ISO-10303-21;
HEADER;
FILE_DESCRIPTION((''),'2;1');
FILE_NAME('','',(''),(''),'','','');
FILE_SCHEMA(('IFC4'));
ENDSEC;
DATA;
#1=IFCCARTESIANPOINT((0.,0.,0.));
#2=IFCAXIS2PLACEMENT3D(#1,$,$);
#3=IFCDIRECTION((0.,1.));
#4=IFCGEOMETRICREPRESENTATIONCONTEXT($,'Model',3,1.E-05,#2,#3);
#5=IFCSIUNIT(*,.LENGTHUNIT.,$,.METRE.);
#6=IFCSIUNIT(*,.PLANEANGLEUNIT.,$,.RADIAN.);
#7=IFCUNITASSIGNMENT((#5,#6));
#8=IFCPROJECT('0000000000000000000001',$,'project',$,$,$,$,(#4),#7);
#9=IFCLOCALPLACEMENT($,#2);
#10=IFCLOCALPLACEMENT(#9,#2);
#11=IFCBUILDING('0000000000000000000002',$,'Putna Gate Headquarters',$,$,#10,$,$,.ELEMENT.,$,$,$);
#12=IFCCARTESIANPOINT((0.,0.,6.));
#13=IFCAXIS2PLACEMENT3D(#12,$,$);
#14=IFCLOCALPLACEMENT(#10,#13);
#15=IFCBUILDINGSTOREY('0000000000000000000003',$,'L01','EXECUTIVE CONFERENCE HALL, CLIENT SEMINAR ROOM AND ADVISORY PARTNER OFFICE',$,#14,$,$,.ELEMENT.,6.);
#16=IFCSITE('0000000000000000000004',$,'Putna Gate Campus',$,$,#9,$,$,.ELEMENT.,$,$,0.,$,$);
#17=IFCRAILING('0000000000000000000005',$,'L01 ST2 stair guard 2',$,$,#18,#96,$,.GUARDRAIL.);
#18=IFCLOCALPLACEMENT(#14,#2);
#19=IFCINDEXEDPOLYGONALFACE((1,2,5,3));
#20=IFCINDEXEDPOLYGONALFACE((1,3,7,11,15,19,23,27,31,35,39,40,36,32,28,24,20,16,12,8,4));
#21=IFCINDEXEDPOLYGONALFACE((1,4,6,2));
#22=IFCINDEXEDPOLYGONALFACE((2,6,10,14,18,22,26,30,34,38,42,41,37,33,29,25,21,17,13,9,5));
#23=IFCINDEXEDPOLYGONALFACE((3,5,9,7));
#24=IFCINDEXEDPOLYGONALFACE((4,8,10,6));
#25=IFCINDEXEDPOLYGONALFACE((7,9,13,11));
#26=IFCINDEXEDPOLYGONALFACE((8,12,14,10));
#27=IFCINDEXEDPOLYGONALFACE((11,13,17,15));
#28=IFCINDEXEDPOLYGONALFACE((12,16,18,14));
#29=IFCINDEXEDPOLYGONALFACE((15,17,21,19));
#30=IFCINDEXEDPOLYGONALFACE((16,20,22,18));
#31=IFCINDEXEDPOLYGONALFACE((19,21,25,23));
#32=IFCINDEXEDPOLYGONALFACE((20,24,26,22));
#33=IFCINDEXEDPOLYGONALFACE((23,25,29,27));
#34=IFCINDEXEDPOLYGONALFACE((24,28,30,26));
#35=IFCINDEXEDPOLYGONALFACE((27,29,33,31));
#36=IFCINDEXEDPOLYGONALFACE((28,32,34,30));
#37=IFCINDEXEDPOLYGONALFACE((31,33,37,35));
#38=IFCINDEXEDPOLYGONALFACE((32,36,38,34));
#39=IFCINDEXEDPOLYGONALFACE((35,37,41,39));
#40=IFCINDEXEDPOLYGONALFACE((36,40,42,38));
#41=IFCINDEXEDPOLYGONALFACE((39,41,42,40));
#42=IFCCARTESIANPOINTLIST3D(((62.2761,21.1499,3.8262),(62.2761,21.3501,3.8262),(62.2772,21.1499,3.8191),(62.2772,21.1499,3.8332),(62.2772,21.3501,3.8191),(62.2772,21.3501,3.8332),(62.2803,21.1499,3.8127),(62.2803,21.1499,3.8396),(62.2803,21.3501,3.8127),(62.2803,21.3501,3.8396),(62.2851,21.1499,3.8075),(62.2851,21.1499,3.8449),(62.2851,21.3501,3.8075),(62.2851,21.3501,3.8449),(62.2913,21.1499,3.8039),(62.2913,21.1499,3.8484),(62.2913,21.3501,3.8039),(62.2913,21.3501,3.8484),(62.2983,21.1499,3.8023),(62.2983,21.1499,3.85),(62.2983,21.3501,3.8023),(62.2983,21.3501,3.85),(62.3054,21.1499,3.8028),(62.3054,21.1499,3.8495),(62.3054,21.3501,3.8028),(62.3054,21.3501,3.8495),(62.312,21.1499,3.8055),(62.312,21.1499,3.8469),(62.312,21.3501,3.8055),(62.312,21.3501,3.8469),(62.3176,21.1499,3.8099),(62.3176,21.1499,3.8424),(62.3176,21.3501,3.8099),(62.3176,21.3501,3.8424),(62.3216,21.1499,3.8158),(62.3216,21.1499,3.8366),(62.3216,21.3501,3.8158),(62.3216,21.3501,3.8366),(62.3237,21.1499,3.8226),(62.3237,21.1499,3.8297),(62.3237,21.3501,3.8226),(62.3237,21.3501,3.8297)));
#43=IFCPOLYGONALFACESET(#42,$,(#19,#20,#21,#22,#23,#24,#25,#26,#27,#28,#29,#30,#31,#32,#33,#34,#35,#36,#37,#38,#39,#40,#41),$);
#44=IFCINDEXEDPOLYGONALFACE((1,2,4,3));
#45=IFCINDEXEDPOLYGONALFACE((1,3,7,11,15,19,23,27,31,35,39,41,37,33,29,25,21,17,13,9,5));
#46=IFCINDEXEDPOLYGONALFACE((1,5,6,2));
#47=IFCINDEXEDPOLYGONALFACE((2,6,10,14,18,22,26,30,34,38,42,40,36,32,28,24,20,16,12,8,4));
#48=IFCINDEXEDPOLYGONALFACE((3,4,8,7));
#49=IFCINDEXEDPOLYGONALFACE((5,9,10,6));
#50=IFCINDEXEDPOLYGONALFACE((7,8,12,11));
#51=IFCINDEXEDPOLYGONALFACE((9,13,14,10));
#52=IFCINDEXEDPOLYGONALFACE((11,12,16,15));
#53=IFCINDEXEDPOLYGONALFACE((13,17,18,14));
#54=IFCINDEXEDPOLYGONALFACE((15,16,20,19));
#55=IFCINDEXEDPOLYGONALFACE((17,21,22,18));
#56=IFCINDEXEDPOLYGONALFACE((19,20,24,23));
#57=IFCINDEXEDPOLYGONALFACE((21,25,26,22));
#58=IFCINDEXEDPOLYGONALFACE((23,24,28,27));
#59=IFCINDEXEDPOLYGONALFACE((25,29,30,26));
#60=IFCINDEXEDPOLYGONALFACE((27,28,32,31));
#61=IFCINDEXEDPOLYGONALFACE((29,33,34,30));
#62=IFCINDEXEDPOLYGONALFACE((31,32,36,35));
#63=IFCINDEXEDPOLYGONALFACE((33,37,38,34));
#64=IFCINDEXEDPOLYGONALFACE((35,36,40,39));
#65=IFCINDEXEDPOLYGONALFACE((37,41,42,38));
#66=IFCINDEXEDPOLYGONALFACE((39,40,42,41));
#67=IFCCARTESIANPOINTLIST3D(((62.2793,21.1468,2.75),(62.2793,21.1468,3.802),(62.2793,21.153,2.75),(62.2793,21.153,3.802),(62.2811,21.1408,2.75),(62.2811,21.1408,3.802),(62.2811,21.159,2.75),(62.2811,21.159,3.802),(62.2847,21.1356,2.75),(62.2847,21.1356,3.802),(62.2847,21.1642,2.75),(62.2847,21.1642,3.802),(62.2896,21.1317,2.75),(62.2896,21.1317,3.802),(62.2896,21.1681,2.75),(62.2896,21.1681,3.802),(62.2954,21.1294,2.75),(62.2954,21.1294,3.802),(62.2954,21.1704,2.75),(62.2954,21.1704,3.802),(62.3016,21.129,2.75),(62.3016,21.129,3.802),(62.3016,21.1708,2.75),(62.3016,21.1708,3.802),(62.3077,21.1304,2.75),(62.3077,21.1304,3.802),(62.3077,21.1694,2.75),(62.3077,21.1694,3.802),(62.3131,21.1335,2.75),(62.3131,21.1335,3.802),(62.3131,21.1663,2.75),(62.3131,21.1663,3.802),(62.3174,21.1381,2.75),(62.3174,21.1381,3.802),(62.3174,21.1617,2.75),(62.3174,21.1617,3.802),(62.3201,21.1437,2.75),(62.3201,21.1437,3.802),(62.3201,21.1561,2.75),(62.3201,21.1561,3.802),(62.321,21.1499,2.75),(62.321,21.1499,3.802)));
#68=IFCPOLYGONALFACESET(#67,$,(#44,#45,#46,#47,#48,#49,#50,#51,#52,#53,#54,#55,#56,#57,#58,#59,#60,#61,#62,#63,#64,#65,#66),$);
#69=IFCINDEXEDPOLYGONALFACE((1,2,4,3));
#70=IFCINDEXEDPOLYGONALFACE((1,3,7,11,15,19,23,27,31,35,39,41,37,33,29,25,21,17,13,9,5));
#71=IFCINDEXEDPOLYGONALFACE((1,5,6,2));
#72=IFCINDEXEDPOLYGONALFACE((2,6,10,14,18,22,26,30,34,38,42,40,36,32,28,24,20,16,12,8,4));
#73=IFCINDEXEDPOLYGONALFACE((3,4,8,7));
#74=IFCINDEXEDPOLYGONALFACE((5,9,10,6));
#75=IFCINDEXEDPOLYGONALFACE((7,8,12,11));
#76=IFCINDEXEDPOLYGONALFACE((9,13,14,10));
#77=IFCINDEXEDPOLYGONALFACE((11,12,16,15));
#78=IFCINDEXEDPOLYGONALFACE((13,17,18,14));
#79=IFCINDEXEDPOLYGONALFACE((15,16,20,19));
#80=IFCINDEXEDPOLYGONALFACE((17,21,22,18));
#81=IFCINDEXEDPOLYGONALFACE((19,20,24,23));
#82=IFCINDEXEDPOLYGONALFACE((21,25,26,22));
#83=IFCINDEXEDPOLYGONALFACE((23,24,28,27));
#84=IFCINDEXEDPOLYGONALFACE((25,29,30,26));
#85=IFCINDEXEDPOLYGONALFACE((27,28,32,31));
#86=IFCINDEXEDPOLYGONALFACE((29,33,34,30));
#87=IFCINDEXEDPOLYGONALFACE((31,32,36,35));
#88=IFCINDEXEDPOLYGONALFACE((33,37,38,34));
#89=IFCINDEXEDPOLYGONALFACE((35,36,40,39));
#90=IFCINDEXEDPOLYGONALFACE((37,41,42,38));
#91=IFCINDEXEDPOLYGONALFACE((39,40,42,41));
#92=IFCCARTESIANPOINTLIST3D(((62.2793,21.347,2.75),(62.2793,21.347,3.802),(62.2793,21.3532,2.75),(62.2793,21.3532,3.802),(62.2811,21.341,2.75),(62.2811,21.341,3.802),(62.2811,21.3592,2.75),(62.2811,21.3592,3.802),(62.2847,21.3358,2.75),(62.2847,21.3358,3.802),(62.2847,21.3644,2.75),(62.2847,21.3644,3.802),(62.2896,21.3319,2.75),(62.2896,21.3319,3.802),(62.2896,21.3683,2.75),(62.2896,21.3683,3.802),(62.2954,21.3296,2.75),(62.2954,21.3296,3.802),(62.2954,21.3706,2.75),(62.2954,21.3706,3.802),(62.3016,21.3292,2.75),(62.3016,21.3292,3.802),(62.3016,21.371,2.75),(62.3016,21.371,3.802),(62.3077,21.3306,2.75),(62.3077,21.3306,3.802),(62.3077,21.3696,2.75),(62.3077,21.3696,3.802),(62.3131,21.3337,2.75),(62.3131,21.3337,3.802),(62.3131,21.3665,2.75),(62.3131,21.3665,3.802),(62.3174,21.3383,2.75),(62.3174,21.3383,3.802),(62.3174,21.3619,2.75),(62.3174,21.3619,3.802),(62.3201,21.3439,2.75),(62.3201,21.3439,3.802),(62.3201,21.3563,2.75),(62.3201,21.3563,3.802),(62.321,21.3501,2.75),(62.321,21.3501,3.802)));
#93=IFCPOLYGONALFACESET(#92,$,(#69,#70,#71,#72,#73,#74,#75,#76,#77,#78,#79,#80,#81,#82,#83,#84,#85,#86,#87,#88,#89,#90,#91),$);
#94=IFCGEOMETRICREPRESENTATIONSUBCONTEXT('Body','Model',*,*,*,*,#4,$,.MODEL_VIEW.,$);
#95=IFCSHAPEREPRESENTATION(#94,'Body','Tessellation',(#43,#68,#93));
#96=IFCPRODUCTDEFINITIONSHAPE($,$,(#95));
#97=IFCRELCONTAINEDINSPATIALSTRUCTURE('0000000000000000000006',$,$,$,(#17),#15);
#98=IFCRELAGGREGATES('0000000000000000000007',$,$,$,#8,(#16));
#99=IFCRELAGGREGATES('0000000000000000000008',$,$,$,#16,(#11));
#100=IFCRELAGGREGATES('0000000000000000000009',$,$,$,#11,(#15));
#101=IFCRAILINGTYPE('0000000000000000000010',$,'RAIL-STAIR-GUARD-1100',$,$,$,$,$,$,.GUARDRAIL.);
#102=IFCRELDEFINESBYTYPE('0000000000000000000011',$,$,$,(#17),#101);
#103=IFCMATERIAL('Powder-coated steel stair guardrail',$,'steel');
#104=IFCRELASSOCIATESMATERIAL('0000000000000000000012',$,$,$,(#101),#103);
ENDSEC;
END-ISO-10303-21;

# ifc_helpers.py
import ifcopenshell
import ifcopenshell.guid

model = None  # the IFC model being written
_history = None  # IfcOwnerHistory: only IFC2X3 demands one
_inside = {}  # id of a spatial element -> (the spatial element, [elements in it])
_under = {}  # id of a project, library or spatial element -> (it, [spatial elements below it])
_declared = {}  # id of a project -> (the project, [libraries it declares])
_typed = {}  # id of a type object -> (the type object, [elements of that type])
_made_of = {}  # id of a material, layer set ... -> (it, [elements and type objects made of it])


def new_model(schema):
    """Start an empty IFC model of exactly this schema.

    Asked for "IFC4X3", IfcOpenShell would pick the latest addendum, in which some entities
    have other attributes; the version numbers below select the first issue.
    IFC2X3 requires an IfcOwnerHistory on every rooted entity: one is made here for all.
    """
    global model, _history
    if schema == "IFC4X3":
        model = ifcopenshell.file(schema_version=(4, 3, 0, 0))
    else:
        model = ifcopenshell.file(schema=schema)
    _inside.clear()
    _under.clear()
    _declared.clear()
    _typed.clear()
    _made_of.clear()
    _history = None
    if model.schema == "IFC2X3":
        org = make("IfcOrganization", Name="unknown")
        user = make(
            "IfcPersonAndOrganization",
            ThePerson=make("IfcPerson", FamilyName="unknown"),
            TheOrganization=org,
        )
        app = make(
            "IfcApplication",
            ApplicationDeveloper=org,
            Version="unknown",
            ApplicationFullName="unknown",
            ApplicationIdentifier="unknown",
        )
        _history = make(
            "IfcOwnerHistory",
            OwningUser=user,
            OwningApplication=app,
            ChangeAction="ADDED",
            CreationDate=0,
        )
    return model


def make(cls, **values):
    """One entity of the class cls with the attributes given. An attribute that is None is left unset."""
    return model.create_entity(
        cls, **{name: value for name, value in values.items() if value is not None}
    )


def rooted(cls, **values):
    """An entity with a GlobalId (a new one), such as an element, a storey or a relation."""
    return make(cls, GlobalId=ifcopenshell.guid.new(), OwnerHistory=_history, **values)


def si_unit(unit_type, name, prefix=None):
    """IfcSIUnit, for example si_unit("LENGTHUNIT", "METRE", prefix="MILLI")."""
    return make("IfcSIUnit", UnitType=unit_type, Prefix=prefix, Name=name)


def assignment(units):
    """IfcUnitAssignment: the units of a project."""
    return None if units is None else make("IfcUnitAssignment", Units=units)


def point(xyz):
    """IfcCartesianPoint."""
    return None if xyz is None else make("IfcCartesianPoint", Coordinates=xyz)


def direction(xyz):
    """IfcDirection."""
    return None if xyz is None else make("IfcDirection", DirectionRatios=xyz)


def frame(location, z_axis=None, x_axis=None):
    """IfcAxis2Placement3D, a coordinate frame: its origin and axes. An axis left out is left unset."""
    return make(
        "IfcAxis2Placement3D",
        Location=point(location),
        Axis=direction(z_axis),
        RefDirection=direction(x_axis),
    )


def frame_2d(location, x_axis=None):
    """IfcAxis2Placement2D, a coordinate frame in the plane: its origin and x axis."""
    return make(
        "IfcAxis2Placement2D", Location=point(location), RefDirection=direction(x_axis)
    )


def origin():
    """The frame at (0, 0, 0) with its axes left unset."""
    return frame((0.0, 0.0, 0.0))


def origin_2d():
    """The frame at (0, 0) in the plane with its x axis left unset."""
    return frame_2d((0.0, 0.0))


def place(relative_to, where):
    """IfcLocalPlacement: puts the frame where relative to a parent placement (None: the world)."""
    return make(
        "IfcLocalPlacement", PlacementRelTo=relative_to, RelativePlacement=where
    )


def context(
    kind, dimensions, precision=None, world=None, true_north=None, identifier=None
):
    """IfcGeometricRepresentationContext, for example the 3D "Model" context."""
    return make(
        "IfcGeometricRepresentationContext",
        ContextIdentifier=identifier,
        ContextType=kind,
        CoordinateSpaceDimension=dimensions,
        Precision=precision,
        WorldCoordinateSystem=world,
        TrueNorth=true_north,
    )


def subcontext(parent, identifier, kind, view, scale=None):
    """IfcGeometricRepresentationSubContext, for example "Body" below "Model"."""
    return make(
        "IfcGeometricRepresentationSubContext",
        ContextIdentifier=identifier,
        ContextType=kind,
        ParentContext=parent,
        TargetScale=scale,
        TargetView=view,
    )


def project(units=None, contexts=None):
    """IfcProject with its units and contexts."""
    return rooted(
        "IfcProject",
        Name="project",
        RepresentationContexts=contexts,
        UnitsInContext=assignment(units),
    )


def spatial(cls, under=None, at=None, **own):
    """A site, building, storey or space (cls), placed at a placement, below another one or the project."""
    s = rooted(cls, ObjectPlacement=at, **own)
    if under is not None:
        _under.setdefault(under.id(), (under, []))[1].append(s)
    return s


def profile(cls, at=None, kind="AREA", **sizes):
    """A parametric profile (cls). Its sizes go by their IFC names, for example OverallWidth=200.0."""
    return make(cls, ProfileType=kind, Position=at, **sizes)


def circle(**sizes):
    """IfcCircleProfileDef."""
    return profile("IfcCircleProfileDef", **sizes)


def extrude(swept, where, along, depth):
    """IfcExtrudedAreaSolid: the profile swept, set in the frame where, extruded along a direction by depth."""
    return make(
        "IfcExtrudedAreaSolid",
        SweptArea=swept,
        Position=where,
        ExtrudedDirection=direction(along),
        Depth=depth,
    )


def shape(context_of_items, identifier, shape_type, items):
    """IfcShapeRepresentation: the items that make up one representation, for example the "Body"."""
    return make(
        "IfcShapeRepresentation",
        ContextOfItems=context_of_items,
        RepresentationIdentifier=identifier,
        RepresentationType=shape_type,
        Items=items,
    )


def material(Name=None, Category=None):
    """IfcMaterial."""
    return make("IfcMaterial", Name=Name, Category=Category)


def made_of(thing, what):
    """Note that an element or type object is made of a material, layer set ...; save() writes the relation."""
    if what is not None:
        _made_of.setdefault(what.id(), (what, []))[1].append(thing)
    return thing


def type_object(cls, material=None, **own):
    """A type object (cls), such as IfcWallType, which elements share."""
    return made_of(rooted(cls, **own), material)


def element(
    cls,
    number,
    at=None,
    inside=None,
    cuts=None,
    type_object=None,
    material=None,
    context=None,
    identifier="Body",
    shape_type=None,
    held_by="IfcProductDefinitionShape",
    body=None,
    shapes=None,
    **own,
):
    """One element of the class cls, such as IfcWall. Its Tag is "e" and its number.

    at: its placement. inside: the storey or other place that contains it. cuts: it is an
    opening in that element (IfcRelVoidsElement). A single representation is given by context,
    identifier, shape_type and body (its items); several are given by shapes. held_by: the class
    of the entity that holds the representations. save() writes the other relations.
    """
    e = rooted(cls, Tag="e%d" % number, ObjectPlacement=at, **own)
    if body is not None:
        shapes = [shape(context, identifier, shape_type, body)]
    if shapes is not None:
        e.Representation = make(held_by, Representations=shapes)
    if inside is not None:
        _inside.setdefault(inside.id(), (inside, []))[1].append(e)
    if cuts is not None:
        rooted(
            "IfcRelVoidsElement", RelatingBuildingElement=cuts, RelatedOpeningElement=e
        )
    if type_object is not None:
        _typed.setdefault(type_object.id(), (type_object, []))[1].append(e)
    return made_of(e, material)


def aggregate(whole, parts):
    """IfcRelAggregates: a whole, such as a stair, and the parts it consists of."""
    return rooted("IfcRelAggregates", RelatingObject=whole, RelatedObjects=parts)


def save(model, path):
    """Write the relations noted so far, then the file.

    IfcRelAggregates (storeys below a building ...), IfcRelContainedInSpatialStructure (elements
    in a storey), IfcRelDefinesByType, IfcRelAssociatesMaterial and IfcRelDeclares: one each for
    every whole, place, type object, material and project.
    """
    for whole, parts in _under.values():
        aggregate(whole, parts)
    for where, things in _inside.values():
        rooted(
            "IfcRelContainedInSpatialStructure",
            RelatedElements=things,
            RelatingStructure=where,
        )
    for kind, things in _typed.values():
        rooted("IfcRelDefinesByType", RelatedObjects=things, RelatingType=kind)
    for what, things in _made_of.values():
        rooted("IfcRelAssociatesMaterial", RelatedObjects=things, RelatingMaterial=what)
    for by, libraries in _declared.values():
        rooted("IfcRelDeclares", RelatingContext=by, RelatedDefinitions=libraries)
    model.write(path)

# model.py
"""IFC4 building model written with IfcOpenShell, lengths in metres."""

from ifc_helpers import new_model, si_unit, direction, frame, origin, origin_2d, place, context, subcontext, project, spatial, circle, extrude, material, type_object, element, save


model = new_model("IFC4")

# Units and contexts
model_context = context("Model", 3, precision=1e-05, world=origin(), true_north=direction((0.0, 1.0)))
body_context = subcontext(model_context, "Body", "Model", "MODEL_VIEW")
ifc_project = project(units=[si_unit("LENGTHUNIT", "METRE"), si_unit("PLANEANGLEUNIT", "RADIAN")], contexts=[model_context])

# Site, building, storey
site_placement = place(None, origin())
site = spatial("IfcSite", under=ifc_project, at=site_placement, Name="Putna Gate Campus", CompositionType="ELEMENT", RefElevation=0.0)
building_placement = place(site_placement, origin())
building = spatial("IfcBuilding", under=site, at=building_placement, Name="Putna Gate Headquarters", CompositionType="ELEMENT")
storey_placement = place(building_placement, frame((0.0, 0.0, 6.0)))
storey = spatial("IfcBuildingStorey", under=building, at=storey_placement, Name="L01", Description="EXECUTIVE CONFERENCE HALL, CLIENT SEMINAR ROOM AND ADVISORY PARTNER OFFICE", CompositionType="ELEMENT", Elevation=6.0)

# Railing
ifc_material_1 = material(Name="Powder-coated steel stair guardrail", Category="steel")
railing_type_1 = type_object("IfcRailingType", Name="RAIL-STAIR-GUARD-1100", PredefinedType="GUARDRAIL", material=ifc_material_1)
railing_1_placement = place(storey_placement, frame((62.3, 21.1499, 2.75)))
element("IfcRailing", 1, at=railing_1_placement, inside=storey, type_object=railing_type_1, Name="L01 ST2 stair guard 2", PredefinedType="GUARDRAIL", context=body_context, shape_type="SweptSolid", body=[
    extrude(circle(Radius=0.0239, at=origin_2d()), frame((0.0, 0.0, 1.0762), z_axis=(0.0, 1.0, 0.0), x_axis=(-1.0, 0.0, 0.0)), (0.0, 0.0, 1.0), 0.2002),
    extrude(circle(Radius=0.021, at=origin_2d()), origin(), (0.0, 0.0, 1.0), 1.052),
    extrude(circle(Radius=0.021, at=origin_2d()), frame((0.0, 0.2002, 0.0)), (0.0, 0.0, 1.0), 1.052),
])

save(model, "model.ifc")
